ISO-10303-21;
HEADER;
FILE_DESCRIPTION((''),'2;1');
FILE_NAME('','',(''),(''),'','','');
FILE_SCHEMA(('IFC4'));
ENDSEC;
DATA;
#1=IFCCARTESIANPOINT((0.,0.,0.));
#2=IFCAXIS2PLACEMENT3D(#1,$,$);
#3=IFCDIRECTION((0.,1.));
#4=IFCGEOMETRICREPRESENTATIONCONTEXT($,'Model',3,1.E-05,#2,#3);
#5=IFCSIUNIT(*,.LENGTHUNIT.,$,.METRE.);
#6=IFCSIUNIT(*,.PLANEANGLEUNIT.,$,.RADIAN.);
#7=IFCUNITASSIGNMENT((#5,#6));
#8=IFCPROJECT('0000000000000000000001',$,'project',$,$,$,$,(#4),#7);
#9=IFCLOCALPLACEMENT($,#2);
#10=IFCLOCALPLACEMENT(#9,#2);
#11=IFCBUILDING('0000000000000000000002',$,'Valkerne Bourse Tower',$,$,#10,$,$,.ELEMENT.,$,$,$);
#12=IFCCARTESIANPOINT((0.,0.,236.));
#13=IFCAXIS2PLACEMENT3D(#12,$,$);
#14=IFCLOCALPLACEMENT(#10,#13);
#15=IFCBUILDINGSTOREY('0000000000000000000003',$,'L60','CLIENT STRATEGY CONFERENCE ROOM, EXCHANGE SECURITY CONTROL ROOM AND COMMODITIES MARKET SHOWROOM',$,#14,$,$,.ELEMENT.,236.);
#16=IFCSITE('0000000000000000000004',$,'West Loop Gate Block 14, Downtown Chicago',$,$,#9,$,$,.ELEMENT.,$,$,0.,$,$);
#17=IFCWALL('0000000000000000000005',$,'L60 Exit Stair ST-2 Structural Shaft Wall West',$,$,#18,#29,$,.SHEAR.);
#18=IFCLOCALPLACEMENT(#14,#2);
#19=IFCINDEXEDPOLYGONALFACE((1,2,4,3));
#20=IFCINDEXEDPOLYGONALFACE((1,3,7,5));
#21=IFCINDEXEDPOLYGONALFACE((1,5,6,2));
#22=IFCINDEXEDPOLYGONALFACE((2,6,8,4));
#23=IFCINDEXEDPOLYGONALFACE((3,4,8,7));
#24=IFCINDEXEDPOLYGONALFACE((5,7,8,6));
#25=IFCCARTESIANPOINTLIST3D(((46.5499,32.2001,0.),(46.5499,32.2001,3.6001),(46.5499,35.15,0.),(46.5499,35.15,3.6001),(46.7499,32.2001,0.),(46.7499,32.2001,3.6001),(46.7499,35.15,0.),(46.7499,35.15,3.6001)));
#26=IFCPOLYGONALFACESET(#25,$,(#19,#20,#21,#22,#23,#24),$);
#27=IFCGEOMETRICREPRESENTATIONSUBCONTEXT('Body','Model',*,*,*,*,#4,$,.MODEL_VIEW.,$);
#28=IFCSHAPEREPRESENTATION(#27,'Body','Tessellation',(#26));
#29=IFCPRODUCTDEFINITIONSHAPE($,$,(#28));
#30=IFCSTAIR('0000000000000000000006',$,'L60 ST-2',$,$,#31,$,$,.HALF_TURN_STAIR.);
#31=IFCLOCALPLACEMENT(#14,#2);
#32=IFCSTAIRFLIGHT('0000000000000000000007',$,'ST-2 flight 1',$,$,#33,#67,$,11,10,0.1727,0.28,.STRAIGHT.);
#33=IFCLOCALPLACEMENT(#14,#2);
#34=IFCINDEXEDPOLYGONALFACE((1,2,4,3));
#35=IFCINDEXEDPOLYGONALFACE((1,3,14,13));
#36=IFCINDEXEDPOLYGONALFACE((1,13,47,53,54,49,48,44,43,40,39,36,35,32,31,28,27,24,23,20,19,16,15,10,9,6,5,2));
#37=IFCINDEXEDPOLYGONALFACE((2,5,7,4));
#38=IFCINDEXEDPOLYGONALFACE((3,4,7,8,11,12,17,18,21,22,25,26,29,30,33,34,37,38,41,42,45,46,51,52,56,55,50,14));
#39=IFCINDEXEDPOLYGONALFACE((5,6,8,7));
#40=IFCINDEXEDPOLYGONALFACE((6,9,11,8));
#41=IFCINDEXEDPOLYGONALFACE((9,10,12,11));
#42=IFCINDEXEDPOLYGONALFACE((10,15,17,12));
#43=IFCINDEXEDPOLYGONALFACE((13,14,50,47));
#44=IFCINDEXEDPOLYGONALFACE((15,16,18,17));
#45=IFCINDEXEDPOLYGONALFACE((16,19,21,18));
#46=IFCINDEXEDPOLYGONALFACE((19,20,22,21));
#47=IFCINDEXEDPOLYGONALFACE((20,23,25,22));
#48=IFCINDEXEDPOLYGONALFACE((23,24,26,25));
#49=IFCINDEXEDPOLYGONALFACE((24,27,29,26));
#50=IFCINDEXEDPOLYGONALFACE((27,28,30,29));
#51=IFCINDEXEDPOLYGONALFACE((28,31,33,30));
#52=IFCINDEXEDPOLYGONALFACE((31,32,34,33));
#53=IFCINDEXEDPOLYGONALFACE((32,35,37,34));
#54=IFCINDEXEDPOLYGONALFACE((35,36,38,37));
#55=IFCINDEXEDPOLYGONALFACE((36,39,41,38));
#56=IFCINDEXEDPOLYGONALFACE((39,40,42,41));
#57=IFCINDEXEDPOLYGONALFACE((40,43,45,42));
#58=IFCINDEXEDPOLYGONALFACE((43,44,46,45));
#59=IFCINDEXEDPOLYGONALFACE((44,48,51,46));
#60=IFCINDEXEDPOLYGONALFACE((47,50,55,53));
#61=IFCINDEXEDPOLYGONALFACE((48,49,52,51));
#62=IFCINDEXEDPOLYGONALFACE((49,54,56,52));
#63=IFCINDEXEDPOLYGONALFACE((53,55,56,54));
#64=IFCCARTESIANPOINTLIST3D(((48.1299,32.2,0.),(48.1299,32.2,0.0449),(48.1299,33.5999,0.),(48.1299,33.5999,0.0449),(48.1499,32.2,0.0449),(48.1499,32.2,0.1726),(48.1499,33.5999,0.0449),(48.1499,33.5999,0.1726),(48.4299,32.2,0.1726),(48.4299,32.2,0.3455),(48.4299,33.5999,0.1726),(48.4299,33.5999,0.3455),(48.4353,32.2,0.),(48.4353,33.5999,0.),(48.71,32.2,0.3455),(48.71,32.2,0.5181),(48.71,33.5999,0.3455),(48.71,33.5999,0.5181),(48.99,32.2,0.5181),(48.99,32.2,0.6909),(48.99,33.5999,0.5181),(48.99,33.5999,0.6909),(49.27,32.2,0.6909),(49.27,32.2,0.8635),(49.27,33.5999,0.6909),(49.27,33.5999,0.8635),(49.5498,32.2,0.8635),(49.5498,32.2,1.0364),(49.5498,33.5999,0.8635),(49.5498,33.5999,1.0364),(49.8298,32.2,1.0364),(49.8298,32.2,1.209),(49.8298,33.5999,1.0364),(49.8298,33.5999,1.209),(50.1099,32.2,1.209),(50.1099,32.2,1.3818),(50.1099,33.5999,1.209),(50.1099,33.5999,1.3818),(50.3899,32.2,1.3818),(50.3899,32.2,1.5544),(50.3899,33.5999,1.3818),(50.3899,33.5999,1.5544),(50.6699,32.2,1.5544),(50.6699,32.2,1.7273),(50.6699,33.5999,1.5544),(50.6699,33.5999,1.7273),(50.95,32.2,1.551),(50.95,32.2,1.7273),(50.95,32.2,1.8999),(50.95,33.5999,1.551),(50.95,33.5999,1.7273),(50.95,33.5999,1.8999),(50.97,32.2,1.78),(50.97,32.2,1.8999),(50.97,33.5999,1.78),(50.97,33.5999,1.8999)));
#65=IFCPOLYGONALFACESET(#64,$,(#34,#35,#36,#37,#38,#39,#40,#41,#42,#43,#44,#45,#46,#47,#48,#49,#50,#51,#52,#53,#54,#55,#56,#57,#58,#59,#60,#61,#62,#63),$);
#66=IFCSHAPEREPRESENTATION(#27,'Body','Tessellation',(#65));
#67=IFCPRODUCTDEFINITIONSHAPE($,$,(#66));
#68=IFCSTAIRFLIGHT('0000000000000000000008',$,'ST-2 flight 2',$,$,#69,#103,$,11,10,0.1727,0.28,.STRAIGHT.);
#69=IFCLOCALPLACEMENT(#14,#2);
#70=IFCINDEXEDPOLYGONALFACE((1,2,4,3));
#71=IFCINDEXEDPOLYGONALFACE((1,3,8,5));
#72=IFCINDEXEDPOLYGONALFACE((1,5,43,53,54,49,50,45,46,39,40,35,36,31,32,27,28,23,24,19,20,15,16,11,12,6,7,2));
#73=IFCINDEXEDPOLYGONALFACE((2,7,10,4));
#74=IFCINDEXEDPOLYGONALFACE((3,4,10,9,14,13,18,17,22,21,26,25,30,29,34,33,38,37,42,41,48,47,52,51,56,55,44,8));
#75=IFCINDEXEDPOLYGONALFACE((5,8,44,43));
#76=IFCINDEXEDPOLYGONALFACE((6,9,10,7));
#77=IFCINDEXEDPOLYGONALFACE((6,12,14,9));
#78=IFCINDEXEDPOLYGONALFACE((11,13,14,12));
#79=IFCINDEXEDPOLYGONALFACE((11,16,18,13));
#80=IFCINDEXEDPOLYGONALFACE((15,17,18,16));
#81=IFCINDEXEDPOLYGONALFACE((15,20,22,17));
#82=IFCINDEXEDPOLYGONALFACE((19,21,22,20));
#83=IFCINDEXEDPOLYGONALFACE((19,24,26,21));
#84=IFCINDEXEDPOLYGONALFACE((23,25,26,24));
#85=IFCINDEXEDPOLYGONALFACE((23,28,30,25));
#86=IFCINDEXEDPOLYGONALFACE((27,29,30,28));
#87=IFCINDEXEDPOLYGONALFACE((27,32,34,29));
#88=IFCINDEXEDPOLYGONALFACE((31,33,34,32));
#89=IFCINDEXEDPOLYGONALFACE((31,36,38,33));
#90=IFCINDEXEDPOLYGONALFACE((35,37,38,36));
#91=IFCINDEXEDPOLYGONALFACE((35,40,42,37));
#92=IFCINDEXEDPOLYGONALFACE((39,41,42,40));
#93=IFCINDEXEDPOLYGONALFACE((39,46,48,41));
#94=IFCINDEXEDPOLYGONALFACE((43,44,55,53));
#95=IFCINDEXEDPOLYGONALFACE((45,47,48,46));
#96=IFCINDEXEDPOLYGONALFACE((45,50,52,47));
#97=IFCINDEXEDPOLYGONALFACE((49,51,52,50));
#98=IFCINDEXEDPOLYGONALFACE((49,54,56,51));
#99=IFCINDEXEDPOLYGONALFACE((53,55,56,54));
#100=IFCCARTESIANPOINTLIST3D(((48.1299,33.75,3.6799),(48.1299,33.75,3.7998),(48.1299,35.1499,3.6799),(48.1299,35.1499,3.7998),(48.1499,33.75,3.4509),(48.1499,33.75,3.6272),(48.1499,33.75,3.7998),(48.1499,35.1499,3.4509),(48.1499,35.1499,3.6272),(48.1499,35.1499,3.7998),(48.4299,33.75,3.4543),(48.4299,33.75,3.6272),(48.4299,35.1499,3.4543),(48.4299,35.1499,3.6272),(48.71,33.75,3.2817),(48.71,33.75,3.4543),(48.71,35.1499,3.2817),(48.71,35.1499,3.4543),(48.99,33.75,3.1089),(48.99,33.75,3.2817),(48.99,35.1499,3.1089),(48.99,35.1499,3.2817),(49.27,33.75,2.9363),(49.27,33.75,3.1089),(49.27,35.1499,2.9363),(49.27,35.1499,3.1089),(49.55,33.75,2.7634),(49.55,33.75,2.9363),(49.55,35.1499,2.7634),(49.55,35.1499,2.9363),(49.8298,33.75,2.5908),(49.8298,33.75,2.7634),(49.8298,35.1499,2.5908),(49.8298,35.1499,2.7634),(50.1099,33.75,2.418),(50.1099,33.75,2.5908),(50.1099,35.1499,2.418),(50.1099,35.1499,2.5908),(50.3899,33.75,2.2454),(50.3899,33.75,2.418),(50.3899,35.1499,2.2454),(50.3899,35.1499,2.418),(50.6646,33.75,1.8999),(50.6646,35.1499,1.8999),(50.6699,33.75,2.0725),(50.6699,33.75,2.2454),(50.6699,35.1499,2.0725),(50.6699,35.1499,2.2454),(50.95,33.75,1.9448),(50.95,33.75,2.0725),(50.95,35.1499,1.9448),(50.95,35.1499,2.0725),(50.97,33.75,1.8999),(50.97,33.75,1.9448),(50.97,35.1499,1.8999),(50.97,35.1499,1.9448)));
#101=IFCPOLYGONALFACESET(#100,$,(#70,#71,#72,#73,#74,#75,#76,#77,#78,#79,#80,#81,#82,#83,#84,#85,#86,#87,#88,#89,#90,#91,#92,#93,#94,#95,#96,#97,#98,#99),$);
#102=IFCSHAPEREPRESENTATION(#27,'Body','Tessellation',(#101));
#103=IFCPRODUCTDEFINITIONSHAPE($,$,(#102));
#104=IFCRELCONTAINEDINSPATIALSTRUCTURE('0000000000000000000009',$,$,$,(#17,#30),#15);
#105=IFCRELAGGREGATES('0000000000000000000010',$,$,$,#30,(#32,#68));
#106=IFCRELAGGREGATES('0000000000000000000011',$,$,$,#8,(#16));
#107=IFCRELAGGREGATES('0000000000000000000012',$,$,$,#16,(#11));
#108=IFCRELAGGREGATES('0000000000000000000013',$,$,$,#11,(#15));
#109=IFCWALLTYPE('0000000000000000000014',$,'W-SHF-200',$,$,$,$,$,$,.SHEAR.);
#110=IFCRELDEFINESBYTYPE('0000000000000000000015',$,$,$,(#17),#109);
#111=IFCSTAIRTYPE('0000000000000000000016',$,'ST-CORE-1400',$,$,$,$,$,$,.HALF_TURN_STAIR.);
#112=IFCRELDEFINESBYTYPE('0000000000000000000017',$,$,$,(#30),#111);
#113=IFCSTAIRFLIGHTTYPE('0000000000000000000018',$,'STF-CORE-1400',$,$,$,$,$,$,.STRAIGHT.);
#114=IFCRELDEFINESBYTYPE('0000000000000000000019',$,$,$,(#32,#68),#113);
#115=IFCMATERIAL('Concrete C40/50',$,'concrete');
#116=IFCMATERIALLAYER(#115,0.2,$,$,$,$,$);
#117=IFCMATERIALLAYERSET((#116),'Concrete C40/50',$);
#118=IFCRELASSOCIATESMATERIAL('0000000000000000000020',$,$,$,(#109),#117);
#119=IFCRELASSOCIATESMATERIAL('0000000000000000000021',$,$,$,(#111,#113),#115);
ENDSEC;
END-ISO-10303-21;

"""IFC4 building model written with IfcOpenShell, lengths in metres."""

from ifc_helpers import new_model, si_unit, direction, frame, frame_2d, origin, place, context, subcontext, project, spatial, polyline, rectangle, outline, extrude, material, layer, layer_set, type_object, element, aggregate, save


model = new_model("IFC4")

# Units and contexts
model_context = context("Model", 3, precision=1e-05, world=origin(), true_north=direction((0.0, 1.0)))
body_context = subcontext(model_context, "Body", "Model", "MODEL_VIEW")
ifc_project = project(units=[si_unit("LENGTHUNIT", "METRE"), si_unit("PLANEANGLEUNIT", "RADIAN")], contexts=[model_context])

# Site, building, storey
site_placement = place(None, origin())
site = spatial("IfcSite", under=ifc_project, at=site_placement, Name="West Loop Gate Block 14, Downtown Chicago", CompositionType="ELEMENT", RefElevation=0.0)
building_placement = place(site_placement, origin())
building = spatial("IfcBuilding", under=site, at=building_placement, Name="Valkerne Bourse Tower", CompositionType="ELEMENT")
storey_placement = place(building_placement, frame((0.0, 0.0, 236.0)))
storey = spatial("IfcBuildingStorey", under=building, at=storey_placement, Name="L60", Description="CLIENT STRATEGY CONFERENCE ROOM, EXCHANGE SECURITY CONTROL ROOM AND COMMODITIES MARKET SHOWROOM", CompositionType="ELEMENT", Elevation=236.0)

# Shared definitions
ifc_material_1 = material(Name="Concrete C40/50", Category="concrete")
ifc_layer_1 = layer(ifc_material_1, 0.2)
ifc_layer_set_1 = layer_set([ifc_layer_1], Name="Concrete C40/50")
wall_type_1 = type_object("IfcWallType", Name="W-SHF-200", PredefinedType="SHEAR", material=ifc_layer_set_1)

# Wall
wall_1_placement = place(storey_placement, frame((46.6499, 32.2, 0.0), z_axis=(0.0, 0.0, 1.0), x_axis=(0.0, 1.0, 0.0)))
element("IfcWall", 1, at=wall_1_placement, inside=storey, type_object=wall_type_1, Name="L60 Exit Stair ST-2 Structural Shaft Wall West", PredefinedType="SHEAR", context=body_context, shape_type="SweptSolid", body=[
    extrude(rectangle(XDim=2.95, YDim=0.2, at=frame_2d((1.4751, 0.0))), origin(), (0.0, 0.0, 1.0), 3.6001),
])

# Stair, stair flights
stair_type = type_object("IfcStairType", Name="ST-CORE-1400", PredefinedType="HALF_TURN_STAIR", material=ifc_material_1)
stair_placement = place(storey_placement, origin())
stair = element("IfcStair", 2, at=stair_placement, inside=storey, type_object=stair_type, Name="L60 ST-2", PredefinedType="HALF_TURN_STAIR")
stair_flight_type = type_object("IfcStairFlightType", Name="STF-CORE-1400", PredefinedType="STRAIGHT", material=ifc_material_1)
stair_flight_1_placement = place(storey_placement, frame((48.1499, 32.8999, 0.0), z_axis=(0.0, 0.0, 1.0), x_axis=(1.0, 0.0, 0.0)))
stair_flight_1 = element("IfcStairFlight", 3, at=stair_flight_1_placement, type_object=stair_flight_type, Name="ST-2 flight 1", NumberOfRisers=11, NumberOfTreads=10, PredefinedType="STRAIGHT", RiserHeight=0.1727, TreadLength=0.28, context=body_context, shape_type="SweptSolid", body=[
    extrude(outline(polyline([(-0.02, 0.0), (-0.02, 0.0449), (0.0, 0.0449), (0.0, 0.1726), (0.28, 0.1726), (0.28, 0.3455), (0.5601, 0.3455), (0.5601, 0.5181), (0.8401, 0.5181), (0.8401, 0.6909), (1.1201, 0.6909), (1.1201, 0.8635), (1.3999, 0.8635), (1.3999, 1.0364), (1.6799, 1.0364), (1.6799, 1.209), (1.96, 1.209), (1.96, 1.3818), (2.24, 1.3818), (2.24, 1.5544), (2.52, 1.5544), (2.52, 1.7273), (2.8, 1.7273), (2.8, 1.8999), (2.8201, 1.8999), (2.8201, 1.78), (2.8, 1.551), (0.2854, 0.0), (-0.02, 0.0)])), frame((0.0, 0.7, 0.0), z_axis=(0.0, -1.0, 0.0), x_axis=(1.0, 0.0, 0.0)), (0.0, 0.0, 1.0), 1.3999),
])
stair_flight_2_placement = place(storey_placement, frame((50.95, 34.45, 1.8999), z_axis=(0.0, 0.0, 1.0), x_axis=(-1.0, 0.0, 0.0)))
stair_flight_2 = element("IfcStairFlight", 4, at=stair_flight_2_placement, type_object=stair_flight_type, Name="ST-2 flight 2", NumberOfRisers=11, NumberOfTreads=10, PredefinedType="STRAIGHT", RiserHeight=0.1727, TreadLength=0.28, context=body_context, shape_type="SweptSolid", body=[
    extrude(outline(polyline([(-0.02, 0.0), (-0.02, 0.0449), (0.0, 0.0449), (0.0, 0.1726), (0.28, 0.1726), (0.28, 0.3455), (0.5601, 0.3455), (0.5601, 0.5181), (0.8401, 0.5181), (0.8401, 0.6909), (1.1201, 0.6909), (1.1201, 0.8635), (1.3999, 0.8635), (1.3999, 1.0364), (1.6799, 1.0364), (1.6799, 1.209), (1.96, 1.209), (1.96, 1.3818), (2.24, 1.3818), (2.24, 1.5544), (2.52, 1.5544), (2.52, 1.7273), (2.8, 1.7273), (2.8, 1.8999), (2.8201, 1.8999), (2.8201, 1.78), (2.8, 1.551), (0.2854, 0.0), (-0.02, 0.0)])), frame((0.0, 0.7, 0.0), z_axis=(0.0, -1.0, 0.0), x_axis=(1.0, 0.0, 0.0)), (0.0, 0.0, 1.0), 1.3999),
])
aggregate(stair, [stair_flight_1, stair_flight_2])

save(model, "model.ifc")
